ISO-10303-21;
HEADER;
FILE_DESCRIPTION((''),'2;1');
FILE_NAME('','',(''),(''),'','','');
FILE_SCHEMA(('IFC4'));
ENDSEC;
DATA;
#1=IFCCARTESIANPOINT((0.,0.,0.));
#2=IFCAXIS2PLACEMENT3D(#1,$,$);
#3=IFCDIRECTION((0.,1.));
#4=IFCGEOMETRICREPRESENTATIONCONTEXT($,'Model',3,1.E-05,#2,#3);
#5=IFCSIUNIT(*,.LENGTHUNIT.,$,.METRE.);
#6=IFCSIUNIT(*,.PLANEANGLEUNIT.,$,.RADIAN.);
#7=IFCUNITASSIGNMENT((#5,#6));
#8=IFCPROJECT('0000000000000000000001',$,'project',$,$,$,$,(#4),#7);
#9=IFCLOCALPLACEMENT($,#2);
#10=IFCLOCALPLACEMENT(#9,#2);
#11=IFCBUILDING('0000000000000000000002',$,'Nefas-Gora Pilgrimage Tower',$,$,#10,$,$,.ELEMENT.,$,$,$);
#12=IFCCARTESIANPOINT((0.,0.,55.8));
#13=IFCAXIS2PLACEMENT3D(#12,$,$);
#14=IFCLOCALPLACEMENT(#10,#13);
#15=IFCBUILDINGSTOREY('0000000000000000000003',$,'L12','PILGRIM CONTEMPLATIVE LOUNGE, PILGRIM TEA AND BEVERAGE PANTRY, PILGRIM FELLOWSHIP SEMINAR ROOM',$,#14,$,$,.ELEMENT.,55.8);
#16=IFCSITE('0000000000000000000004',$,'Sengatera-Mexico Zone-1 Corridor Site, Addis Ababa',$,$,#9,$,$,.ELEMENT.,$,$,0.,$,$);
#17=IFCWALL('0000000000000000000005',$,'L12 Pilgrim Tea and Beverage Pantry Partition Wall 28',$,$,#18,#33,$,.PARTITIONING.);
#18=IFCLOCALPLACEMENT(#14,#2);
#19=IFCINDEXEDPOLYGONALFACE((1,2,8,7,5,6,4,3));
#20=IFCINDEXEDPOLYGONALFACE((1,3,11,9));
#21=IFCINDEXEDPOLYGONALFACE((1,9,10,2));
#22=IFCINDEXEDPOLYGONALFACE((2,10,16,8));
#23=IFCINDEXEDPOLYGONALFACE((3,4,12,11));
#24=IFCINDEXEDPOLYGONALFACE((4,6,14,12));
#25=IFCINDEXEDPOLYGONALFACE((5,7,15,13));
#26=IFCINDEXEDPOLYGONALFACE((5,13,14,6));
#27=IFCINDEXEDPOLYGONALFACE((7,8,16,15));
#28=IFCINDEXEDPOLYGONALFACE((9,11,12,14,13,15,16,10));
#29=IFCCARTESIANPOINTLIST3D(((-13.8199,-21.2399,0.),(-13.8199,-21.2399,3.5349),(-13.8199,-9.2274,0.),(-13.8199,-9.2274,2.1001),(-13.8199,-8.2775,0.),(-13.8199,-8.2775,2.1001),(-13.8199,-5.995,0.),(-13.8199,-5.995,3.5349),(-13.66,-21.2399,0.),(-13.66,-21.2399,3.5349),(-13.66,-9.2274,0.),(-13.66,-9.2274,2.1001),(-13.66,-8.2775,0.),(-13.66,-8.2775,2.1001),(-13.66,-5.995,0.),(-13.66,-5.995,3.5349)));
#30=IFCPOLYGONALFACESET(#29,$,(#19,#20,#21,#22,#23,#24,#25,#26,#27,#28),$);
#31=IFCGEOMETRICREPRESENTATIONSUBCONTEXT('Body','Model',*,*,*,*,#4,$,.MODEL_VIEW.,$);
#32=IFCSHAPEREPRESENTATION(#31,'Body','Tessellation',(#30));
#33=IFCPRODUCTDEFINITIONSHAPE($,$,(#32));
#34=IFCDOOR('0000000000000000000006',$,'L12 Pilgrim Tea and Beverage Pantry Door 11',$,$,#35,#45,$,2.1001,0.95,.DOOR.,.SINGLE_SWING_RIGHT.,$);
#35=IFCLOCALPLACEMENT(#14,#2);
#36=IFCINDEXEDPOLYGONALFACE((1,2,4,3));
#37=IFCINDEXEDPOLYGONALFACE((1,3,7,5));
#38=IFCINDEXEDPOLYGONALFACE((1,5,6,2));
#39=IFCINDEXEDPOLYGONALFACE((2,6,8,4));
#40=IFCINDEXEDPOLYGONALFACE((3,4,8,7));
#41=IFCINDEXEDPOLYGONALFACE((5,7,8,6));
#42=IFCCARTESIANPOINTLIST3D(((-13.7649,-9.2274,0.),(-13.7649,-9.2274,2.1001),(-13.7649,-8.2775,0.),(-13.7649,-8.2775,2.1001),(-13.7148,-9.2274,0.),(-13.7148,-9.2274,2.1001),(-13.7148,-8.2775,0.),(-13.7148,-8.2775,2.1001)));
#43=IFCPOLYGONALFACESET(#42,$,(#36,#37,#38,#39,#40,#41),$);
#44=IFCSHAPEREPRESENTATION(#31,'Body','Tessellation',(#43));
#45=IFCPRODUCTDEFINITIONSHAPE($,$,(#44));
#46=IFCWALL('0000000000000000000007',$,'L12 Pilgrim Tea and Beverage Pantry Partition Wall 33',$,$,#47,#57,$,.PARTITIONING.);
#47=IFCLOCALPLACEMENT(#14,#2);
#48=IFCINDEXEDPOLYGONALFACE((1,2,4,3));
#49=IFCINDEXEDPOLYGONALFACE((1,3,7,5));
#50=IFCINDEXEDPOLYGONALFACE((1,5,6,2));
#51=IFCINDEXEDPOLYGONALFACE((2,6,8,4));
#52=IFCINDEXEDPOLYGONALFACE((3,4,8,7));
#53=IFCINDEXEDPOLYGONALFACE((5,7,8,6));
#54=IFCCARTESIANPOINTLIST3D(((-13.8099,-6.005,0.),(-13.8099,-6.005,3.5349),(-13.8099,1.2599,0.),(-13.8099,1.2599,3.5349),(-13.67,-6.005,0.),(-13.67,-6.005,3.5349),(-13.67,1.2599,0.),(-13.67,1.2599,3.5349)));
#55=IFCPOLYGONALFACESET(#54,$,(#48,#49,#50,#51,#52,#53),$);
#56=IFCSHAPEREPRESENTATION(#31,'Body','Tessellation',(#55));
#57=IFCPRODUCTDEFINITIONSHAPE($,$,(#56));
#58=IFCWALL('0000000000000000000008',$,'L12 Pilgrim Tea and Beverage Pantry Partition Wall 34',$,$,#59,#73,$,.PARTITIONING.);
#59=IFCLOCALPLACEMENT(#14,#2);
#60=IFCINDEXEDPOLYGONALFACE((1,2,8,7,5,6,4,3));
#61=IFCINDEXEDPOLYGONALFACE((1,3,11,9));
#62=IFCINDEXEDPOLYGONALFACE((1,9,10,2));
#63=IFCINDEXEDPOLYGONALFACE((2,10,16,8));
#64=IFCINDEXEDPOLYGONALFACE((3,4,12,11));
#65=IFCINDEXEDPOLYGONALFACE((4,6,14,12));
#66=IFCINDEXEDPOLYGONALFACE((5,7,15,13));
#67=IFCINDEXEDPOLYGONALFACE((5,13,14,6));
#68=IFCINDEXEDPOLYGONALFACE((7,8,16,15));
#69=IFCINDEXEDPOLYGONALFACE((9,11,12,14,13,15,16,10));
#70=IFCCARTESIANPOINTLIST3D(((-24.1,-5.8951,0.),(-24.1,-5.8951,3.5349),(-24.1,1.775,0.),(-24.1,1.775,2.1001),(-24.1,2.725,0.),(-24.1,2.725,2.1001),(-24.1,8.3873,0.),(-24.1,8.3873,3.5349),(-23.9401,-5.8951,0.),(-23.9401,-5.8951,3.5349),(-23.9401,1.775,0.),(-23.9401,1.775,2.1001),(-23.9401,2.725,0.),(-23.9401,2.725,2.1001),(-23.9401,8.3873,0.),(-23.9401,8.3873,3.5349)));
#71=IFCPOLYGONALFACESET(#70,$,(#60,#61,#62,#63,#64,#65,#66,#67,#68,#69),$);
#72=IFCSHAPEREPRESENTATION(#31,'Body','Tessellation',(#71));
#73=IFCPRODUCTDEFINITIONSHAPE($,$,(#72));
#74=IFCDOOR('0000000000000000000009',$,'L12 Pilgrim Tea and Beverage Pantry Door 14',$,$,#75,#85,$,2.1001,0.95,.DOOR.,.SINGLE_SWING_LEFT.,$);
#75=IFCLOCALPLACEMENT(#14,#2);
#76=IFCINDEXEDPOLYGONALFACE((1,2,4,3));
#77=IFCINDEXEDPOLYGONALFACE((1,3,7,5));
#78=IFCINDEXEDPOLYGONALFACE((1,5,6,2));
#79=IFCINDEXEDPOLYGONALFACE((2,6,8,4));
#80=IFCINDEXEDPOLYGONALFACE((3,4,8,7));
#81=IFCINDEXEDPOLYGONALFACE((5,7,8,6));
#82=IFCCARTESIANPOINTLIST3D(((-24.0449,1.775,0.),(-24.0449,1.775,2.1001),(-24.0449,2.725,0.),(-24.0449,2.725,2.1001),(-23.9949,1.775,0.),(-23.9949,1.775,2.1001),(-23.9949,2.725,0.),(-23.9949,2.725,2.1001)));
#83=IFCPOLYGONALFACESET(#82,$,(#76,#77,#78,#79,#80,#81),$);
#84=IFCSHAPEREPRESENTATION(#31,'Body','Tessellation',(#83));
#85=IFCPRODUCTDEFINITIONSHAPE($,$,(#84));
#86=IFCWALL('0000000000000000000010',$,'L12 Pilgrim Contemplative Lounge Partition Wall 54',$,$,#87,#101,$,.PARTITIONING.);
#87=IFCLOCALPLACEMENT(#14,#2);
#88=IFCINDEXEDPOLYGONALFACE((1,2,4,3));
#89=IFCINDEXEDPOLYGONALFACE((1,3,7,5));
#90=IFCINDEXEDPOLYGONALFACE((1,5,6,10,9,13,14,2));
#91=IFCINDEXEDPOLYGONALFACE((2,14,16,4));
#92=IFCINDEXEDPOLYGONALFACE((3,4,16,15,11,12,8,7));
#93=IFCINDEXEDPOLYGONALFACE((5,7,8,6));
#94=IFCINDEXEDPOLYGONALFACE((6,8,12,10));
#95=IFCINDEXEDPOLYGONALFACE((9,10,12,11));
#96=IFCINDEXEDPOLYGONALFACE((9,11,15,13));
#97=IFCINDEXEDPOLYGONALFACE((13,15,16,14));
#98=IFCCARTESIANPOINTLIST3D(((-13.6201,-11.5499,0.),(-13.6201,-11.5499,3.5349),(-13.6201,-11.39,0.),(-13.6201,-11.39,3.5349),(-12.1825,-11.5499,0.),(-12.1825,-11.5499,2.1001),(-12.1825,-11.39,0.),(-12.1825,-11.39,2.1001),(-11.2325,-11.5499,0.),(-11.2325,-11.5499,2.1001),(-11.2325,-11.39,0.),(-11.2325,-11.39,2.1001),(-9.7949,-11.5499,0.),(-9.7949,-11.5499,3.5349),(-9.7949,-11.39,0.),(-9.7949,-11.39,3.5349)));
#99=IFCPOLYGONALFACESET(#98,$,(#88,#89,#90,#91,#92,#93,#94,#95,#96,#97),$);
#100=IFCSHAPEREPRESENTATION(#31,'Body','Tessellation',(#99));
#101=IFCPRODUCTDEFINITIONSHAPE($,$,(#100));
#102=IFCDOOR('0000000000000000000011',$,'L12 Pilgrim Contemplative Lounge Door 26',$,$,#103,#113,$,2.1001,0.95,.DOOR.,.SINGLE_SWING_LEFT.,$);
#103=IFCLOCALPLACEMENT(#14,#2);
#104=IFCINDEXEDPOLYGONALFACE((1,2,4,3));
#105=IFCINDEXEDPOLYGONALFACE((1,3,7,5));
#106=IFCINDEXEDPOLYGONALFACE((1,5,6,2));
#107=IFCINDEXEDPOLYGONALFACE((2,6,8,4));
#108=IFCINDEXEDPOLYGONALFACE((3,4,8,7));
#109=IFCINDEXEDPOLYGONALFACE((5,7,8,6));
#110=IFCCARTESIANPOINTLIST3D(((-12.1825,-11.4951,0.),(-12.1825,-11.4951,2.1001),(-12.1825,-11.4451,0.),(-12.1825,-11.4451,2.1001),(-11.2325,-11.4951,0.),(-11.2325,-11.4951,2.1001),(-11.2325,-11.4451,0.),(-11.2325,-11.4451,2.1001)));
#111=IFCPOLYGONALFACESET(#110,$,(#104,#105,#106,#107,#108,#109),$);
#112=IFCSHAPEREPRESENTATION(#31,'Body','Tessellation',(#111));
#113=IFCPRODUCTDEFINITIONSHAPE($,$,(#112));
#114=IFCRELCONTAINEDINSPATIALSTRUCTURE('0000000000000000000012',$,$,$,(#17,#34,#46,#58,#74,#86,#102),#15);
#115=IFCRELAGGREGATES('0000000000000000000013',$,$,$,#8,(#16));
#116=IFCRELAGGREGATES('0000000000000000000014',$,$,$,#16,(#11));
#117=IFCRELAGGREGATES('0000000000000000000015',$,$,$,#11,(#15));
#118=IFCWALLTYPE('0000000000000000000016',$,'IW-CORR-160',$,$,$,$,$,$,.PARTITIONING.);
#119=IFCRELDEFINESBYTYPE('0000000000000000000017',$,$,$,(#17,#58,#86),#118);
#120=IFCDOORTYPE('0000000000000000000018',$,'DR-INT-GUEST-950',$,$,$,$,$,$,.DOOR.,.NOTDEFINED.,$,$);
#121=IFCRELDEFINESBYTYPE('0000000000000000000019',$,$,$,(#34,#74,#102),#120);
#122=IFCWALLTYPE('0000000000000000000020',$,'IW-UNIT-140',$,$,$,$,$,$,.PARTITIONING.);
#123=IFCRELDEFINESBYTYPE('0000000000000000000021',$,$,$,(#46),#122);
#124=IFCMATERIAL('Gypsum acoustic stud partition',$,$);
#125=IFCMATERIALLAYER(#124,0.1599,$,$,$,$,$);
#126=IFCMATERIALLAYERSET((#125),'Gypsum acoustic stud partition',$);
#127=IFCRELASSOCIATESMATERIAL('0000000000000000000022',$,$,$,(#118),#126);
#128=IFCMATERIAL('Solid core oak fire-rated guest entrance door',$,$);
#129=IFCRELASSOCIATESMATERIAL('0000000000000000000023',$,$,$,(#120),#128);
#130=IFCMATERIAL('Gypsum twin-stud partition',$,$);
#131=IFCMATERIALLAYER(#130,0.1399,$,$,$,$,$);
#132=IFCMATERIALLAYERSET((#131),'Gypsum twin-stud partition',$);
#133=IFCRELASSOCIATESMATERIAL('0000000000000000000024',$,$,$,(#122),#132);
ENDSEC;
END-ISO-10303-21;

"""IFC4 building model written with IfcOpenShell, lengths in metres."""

from ifc_helpers import new_model, si_unit, direction, frame, frame_2d, origin, place, context, subcontext, project, spatial, rectangle, extrude, source, transform, mapped, material, layer, layer_set, type_object, element, fill, save


model = new_model("IFC4")

# Units and contexts
model_context = context("Model", 3, precision=1e-05, world=origin(), true_north=direction((0.0, 1.0)))
body_context = subcontext(model_context, "Body", "Model", "MODEL_VIEW")
ifc_project = project(units=[si_unit("LENGTHUNIT", "METRE"), si_unit("PLANEANGLEUNIT", "RADIAN")], contexts=[model_context])

# Site, building, storey
site_placement = place(None, origin())
site = spatial("IfcSite", under=ifc_project, at=site_placement, Name="Sengatera-Mexico Zone-1 Corridor Site, Addis Ababa", CompositionType="ELEMENT", RefElevation=0.0)
building_placement = place(site_placement, origin())
building = spatial("IfcBuilding", under=site, at=building_placement, Name="Nefas-Gora Pilgrimage Tower", CompositionType="ELEMENT")
storey_placement = place(building_placement, frame((0.0, 0.0, 55.8)))
storey = spatial("IfcBuildingStorey", under=building, at=storey_placement, Name="L12", Description="PILGRIM CONTEMPLATIVE LOUNGE, PILGRIM TEA AND BEVERAGE PANTRY, PILGRIM FELLOWSHIP SEMINAR ROOM", CompositionType="ELEMENT", Elevation=55.8)

# Wall, opening, door
ifc_material_1 = material(Name="Gypsum acoustic stud partition")
ifc_layer_1 = layer(ifc_material_1, 0.1599)
ifc_layer_set_1 = layer_set([ifc_layer_1], Name="Gypsum acoustic stud partition")
wall_type_1 = type_object("IfcWallType", Name="IW-CORR-160", PredefinedType="PARTITIONING", material=ifc_layer_set_1)
shared_shape_1 = source(origin(), body_context, "Body", "SweptSolid", [
    extrude(rectangle(XDim=15.2449, YDim=0.1599, at=frame_2d((7.6226, 0.0))), origin(), (0.0, 0.0, 1.0), 3.5349),
])
wall_1_placement = place(storey_placement, frame((-13.74, -21.24, 0.0), z_axis=(0.0, 0.0, 1.0), x_axis=(0.0, 1.0, 0.0)))
wall_1 = element("IfcWall", 1, at=wall_1_placement, inside=storey, type_object=wall_type_1, Name="L12 Pilgrim Tea and Beverage Pantry Partition Wall 28", PredefinedType="PARTITIONING", context=body_context, shape_type="MappedRepresentation", body=[
    mapped(shared_shape_1, transform((0.0, 0.0, 0.0), x_axis=(1.0, 0.0, 0.0), y_axis=(0.0, 1.0, 0.0), z_axis=(0.0, 0.0, 1.0), scale=1.0)),
])
opening_1_placement = place(wall_1_placement, frame((12.0125, 0.0, 0.0)))
opening_1 = element("IfcOpeningElement", 2, at=opening_1_placement, cuts=wall_1, PredefinedType="OPENING", context=body_context, shape_type="SweptSolid", body=[
    extrude(rectangle(XDim=0.95, YDim=2.1001, at=frame_2d((0.4751, 1.05))), frame((0.0, 0.0898, 0.0), z_axis=(0.0, -1.0, 0.0), x_axis=(1.0, 0.0, 0.0)), (0.0, 0.0, 1.0), 0.1799),
])
ifc_material_2 = material(Name="Solid core oak fire-rated guest entrance door")
door_type_1 = type_object("IfcDoorType", Name="DR-INT-GUEST-950", OperationType="NOTDEFINED", PredefinedType="DOOR", material=ifc_material_2)
shared_shape_2 = source(origin(), body_context, "Body", "SweptSolid", [
    extrude(rectangle(XDim=0.95, YDim=2.1001, at=frame_2d((0.4751, 1.05))), frame((0.0, 0.0249, 0.0), z_axis=(0.0, -1.0, 0.0), x_axis=(1.0, 0.0, 0.0)), (0.0, 0.0, 1.0), 0.05),
])
door_1_placement = place(opening_1_placement, origin())
door_1 = element("IfcDoor", 3, at=door_1_placement, inside=storey, type_object=door_type_1, Name="L12 Pilgrim Tea and Beverage Pantry Door 11", OperationType="SINGLE_SWING_RIGHT", OverallHeight=2.1001, OverallWidth=0.95, PredefinedType="DOOR", context=body_context, shape_type="MappedRepresentation", body=[
    mapped(shared_shape_2, transform((0.0, 0.0, 0.0), x_axis=(1.0, 0.0, 0.0), y_axis=(0.0, 1.0, 0.0), z_axis=(0.0, 0.0, 1.0), scale=1.0)),
])
fill(opening_1, door_1)

# Wall
ifc_material_3 = material(Name="Gypsum twin-stud partition")
ifc_layer_2 = layer(ifc_material_3, 0.1399)
ifc_layer_set_2 = layer_set([ifc_layer_2], Name="Gypsum twin-stud partition")
wall_type_2 = type_object("IfcWallType", Name="IW-UNIT-140", PredefinedType="PARTITIONING", material=ifc_layer_set_2)
shared_shape_3 = source(origin(), body_context, "Body", "SweptSolid", [
    extrude(rectangle(XDim=7.2649, YDim=0.1399, at=frame_2d((3.6323, 0.0))), origin(), (0.0, 0.0, 1.0), 3.5349),
])
wall_2_placement = place(storey_placement, frame((-13.74, -6.0049, 0.0), z_axis=(0.0, 0.0, 1.0), x_axis=(0.0, 1.0, 0.0)))
element("IfcWall", 4, at=wall_2_placement, inside=storey, type_object=wall_type_2, Name="L12 Pilgrim Tea and Beverage Pantry Partition Wall 33", PredefinedType="PARTITIONING", context=body_context, shape_type="MappedRepresentation", body=[
    mapped(shared_shape_3, transform((0.0, 0.0, 0.0), x_axis=(1.0, 0.0, 0.0), y_axis=(0.0, 1.0, 0.0), z_axis=(0.0, 0.0, 1.0), scale=1.0)),
])

# Walls, openings, doors
shared_shape_4 = source(origin(), body_context, "Body", "SweptSolid", [
    extrude(rectangle(XDim=14.2825, YDim=0.1599, at=frame_2d((7.1411, 0.0))), origin(), (0.0, 0.0, 1.0), 3.5349),
])
wall_3_placement = place(storey_placement, frame((-24.02, -5.895, 0.0), z_axis=(0.0, 0.0, 1.0), x_axis=(0.0, 1.0, 0.0)))
wall_3 = element("IfcWall", 5, at=wall_3_placement, inside=storey, type_object=wall_type_1, Name="L12 Pilgrim Tea and Beverage Pantry Partition Wall 34", PredefinedType="PARTITIONING", context=body_context, shape_type="MappedRepresentation", body=[
    mapped(shared_shape_4, transform((0.0, 0.0, 0.0), x_axis=(1.0, 0.0, 0.0), y_axis=(0.0, 1.0, 0.0), z_axis=(0.0, 0.0, 1.0), scale=1.0)),
])
opening_2_placement = place(wall_3_placement, frame((7.6699, 0.0, 0.0)))
opening_2 = element("IfcOpeningElement", 6, at=opening_2_placement, cuts=wall_3, PredefinedType="OPENING", context=body_context, shape_type="SweptSolid", body=[
    extrude(rectangle(XDim=0.95, YDim=2.1001, at=frame_2d((0.4751, 1.05))), frame((0.0, 0.0898, 0.0), z_axis=(0.0, -1.0, 0.0), x_axis=(1.0, 0.0, 0.0)), (0.0, 0.0, 1.0), 0.1799),
])
door_2_placement = place(opening_2_placement, origin())
door_2 = element("IfcDoor", 7, at=door_2_placement, inside=storey, type_object=door_type_1, Name="L12 Pilgrim Tea and Beverage Pantry Door 14", OperationType="SINGLE_SWING_LEFT", OverallHeight=2.1001, OverallWidth=0.95, PredefinedType="DOOR", context=body_context, shape_type="MappedRepresentation", body=[
    mapped(shared_shape_2, transform((0.0, 0.0, 0.0), x_axis=(1.0, 0.0, 0.0), y_axis=(0.0, 1.0, 0.0), z_axis=(0.0, 0.0, 1.0), scale=1.0)),
])
fill(opening_2, door_2)
shared_shape_5 = source(origin(), body_context, "Body", "SweptSolid", [
    extrude(rectangle(XDim=3.8252, YDim=0.1599, at=frame_2d((1.9126, 0.0))), origin(), (0.0, 0.0, 1.0), 3.5349),
])
wall_4_placement = place(storey_placement, frame((-13.6201, -11.47, 0.0), z_axis=(0.0, 0.0, 1.0), x_axis=(1.0, 0.0, 0.0)))
wall_4 = element("IfcWall", 8, at=wall_4_placement, inside=storey, type_object=wall_type_1, Name="L12 Pilgrim Contemplative Lounge Partition Wall 54", PredefinedType="PARTITIONING", context=body_context, shape_type="MappedRepresentation", body=[
    mapped(shared_shape_5, transform((0.0, 0.0, 0.0), x_axis=(1.0, 0.0, 0.0), y_axis=(0.0, 1.0, 0.0), z_axis=(0.0, 0.0, 1.0), scale=1.0)),
])
opening_3_placement = place(wall_4_placement, frame((1.4375, 0.0, 0.0)))
opening_3 = element("IfcOpeningElement", 9, at=opening_3_placement, cuts=wall_4, PredefinedType="OPENING", context=body_context, shape_type="SweptSolid", body=[
    extrude(rectangle(XDim=0.95, YDim=2.1001, at=frame_2d((0.4751, 1.05))), frame((0.0, 0.0898, 0.0), z_axis=(0.0, -1.0, 0.0), x_axis=(1.0, 0.0, 0.0)), (0.0, 0.0, 1.0), 0.1799),
])
door_3_placement = place(opening_3_placement, origin())
door_3 = element("IfcDoor", 10, at=door_3_placement, inside=storey, type_object=door_type_1, Name="L12 Pilgrim Contemplative Lounge Door 26", OperationType="SINGLE_SWING_LEFT", OverallHeight=2.1001, OverallWidth=0.95, PredefinedType="DOOR", context=body_context, shape_type="MappedRepresentation", body=[
    mapped(shared_shape_2, transform((0.0, 0.0, 0.0), x_axis=(1.0, 0.0, 0.0), y_axis=(0.0, 1.0, 0.0), z_axis=(0.0, 0.0, 1.0), scale=1.0)),
])
fill(opening_3, door_3)

save(model, "model.ifc")
